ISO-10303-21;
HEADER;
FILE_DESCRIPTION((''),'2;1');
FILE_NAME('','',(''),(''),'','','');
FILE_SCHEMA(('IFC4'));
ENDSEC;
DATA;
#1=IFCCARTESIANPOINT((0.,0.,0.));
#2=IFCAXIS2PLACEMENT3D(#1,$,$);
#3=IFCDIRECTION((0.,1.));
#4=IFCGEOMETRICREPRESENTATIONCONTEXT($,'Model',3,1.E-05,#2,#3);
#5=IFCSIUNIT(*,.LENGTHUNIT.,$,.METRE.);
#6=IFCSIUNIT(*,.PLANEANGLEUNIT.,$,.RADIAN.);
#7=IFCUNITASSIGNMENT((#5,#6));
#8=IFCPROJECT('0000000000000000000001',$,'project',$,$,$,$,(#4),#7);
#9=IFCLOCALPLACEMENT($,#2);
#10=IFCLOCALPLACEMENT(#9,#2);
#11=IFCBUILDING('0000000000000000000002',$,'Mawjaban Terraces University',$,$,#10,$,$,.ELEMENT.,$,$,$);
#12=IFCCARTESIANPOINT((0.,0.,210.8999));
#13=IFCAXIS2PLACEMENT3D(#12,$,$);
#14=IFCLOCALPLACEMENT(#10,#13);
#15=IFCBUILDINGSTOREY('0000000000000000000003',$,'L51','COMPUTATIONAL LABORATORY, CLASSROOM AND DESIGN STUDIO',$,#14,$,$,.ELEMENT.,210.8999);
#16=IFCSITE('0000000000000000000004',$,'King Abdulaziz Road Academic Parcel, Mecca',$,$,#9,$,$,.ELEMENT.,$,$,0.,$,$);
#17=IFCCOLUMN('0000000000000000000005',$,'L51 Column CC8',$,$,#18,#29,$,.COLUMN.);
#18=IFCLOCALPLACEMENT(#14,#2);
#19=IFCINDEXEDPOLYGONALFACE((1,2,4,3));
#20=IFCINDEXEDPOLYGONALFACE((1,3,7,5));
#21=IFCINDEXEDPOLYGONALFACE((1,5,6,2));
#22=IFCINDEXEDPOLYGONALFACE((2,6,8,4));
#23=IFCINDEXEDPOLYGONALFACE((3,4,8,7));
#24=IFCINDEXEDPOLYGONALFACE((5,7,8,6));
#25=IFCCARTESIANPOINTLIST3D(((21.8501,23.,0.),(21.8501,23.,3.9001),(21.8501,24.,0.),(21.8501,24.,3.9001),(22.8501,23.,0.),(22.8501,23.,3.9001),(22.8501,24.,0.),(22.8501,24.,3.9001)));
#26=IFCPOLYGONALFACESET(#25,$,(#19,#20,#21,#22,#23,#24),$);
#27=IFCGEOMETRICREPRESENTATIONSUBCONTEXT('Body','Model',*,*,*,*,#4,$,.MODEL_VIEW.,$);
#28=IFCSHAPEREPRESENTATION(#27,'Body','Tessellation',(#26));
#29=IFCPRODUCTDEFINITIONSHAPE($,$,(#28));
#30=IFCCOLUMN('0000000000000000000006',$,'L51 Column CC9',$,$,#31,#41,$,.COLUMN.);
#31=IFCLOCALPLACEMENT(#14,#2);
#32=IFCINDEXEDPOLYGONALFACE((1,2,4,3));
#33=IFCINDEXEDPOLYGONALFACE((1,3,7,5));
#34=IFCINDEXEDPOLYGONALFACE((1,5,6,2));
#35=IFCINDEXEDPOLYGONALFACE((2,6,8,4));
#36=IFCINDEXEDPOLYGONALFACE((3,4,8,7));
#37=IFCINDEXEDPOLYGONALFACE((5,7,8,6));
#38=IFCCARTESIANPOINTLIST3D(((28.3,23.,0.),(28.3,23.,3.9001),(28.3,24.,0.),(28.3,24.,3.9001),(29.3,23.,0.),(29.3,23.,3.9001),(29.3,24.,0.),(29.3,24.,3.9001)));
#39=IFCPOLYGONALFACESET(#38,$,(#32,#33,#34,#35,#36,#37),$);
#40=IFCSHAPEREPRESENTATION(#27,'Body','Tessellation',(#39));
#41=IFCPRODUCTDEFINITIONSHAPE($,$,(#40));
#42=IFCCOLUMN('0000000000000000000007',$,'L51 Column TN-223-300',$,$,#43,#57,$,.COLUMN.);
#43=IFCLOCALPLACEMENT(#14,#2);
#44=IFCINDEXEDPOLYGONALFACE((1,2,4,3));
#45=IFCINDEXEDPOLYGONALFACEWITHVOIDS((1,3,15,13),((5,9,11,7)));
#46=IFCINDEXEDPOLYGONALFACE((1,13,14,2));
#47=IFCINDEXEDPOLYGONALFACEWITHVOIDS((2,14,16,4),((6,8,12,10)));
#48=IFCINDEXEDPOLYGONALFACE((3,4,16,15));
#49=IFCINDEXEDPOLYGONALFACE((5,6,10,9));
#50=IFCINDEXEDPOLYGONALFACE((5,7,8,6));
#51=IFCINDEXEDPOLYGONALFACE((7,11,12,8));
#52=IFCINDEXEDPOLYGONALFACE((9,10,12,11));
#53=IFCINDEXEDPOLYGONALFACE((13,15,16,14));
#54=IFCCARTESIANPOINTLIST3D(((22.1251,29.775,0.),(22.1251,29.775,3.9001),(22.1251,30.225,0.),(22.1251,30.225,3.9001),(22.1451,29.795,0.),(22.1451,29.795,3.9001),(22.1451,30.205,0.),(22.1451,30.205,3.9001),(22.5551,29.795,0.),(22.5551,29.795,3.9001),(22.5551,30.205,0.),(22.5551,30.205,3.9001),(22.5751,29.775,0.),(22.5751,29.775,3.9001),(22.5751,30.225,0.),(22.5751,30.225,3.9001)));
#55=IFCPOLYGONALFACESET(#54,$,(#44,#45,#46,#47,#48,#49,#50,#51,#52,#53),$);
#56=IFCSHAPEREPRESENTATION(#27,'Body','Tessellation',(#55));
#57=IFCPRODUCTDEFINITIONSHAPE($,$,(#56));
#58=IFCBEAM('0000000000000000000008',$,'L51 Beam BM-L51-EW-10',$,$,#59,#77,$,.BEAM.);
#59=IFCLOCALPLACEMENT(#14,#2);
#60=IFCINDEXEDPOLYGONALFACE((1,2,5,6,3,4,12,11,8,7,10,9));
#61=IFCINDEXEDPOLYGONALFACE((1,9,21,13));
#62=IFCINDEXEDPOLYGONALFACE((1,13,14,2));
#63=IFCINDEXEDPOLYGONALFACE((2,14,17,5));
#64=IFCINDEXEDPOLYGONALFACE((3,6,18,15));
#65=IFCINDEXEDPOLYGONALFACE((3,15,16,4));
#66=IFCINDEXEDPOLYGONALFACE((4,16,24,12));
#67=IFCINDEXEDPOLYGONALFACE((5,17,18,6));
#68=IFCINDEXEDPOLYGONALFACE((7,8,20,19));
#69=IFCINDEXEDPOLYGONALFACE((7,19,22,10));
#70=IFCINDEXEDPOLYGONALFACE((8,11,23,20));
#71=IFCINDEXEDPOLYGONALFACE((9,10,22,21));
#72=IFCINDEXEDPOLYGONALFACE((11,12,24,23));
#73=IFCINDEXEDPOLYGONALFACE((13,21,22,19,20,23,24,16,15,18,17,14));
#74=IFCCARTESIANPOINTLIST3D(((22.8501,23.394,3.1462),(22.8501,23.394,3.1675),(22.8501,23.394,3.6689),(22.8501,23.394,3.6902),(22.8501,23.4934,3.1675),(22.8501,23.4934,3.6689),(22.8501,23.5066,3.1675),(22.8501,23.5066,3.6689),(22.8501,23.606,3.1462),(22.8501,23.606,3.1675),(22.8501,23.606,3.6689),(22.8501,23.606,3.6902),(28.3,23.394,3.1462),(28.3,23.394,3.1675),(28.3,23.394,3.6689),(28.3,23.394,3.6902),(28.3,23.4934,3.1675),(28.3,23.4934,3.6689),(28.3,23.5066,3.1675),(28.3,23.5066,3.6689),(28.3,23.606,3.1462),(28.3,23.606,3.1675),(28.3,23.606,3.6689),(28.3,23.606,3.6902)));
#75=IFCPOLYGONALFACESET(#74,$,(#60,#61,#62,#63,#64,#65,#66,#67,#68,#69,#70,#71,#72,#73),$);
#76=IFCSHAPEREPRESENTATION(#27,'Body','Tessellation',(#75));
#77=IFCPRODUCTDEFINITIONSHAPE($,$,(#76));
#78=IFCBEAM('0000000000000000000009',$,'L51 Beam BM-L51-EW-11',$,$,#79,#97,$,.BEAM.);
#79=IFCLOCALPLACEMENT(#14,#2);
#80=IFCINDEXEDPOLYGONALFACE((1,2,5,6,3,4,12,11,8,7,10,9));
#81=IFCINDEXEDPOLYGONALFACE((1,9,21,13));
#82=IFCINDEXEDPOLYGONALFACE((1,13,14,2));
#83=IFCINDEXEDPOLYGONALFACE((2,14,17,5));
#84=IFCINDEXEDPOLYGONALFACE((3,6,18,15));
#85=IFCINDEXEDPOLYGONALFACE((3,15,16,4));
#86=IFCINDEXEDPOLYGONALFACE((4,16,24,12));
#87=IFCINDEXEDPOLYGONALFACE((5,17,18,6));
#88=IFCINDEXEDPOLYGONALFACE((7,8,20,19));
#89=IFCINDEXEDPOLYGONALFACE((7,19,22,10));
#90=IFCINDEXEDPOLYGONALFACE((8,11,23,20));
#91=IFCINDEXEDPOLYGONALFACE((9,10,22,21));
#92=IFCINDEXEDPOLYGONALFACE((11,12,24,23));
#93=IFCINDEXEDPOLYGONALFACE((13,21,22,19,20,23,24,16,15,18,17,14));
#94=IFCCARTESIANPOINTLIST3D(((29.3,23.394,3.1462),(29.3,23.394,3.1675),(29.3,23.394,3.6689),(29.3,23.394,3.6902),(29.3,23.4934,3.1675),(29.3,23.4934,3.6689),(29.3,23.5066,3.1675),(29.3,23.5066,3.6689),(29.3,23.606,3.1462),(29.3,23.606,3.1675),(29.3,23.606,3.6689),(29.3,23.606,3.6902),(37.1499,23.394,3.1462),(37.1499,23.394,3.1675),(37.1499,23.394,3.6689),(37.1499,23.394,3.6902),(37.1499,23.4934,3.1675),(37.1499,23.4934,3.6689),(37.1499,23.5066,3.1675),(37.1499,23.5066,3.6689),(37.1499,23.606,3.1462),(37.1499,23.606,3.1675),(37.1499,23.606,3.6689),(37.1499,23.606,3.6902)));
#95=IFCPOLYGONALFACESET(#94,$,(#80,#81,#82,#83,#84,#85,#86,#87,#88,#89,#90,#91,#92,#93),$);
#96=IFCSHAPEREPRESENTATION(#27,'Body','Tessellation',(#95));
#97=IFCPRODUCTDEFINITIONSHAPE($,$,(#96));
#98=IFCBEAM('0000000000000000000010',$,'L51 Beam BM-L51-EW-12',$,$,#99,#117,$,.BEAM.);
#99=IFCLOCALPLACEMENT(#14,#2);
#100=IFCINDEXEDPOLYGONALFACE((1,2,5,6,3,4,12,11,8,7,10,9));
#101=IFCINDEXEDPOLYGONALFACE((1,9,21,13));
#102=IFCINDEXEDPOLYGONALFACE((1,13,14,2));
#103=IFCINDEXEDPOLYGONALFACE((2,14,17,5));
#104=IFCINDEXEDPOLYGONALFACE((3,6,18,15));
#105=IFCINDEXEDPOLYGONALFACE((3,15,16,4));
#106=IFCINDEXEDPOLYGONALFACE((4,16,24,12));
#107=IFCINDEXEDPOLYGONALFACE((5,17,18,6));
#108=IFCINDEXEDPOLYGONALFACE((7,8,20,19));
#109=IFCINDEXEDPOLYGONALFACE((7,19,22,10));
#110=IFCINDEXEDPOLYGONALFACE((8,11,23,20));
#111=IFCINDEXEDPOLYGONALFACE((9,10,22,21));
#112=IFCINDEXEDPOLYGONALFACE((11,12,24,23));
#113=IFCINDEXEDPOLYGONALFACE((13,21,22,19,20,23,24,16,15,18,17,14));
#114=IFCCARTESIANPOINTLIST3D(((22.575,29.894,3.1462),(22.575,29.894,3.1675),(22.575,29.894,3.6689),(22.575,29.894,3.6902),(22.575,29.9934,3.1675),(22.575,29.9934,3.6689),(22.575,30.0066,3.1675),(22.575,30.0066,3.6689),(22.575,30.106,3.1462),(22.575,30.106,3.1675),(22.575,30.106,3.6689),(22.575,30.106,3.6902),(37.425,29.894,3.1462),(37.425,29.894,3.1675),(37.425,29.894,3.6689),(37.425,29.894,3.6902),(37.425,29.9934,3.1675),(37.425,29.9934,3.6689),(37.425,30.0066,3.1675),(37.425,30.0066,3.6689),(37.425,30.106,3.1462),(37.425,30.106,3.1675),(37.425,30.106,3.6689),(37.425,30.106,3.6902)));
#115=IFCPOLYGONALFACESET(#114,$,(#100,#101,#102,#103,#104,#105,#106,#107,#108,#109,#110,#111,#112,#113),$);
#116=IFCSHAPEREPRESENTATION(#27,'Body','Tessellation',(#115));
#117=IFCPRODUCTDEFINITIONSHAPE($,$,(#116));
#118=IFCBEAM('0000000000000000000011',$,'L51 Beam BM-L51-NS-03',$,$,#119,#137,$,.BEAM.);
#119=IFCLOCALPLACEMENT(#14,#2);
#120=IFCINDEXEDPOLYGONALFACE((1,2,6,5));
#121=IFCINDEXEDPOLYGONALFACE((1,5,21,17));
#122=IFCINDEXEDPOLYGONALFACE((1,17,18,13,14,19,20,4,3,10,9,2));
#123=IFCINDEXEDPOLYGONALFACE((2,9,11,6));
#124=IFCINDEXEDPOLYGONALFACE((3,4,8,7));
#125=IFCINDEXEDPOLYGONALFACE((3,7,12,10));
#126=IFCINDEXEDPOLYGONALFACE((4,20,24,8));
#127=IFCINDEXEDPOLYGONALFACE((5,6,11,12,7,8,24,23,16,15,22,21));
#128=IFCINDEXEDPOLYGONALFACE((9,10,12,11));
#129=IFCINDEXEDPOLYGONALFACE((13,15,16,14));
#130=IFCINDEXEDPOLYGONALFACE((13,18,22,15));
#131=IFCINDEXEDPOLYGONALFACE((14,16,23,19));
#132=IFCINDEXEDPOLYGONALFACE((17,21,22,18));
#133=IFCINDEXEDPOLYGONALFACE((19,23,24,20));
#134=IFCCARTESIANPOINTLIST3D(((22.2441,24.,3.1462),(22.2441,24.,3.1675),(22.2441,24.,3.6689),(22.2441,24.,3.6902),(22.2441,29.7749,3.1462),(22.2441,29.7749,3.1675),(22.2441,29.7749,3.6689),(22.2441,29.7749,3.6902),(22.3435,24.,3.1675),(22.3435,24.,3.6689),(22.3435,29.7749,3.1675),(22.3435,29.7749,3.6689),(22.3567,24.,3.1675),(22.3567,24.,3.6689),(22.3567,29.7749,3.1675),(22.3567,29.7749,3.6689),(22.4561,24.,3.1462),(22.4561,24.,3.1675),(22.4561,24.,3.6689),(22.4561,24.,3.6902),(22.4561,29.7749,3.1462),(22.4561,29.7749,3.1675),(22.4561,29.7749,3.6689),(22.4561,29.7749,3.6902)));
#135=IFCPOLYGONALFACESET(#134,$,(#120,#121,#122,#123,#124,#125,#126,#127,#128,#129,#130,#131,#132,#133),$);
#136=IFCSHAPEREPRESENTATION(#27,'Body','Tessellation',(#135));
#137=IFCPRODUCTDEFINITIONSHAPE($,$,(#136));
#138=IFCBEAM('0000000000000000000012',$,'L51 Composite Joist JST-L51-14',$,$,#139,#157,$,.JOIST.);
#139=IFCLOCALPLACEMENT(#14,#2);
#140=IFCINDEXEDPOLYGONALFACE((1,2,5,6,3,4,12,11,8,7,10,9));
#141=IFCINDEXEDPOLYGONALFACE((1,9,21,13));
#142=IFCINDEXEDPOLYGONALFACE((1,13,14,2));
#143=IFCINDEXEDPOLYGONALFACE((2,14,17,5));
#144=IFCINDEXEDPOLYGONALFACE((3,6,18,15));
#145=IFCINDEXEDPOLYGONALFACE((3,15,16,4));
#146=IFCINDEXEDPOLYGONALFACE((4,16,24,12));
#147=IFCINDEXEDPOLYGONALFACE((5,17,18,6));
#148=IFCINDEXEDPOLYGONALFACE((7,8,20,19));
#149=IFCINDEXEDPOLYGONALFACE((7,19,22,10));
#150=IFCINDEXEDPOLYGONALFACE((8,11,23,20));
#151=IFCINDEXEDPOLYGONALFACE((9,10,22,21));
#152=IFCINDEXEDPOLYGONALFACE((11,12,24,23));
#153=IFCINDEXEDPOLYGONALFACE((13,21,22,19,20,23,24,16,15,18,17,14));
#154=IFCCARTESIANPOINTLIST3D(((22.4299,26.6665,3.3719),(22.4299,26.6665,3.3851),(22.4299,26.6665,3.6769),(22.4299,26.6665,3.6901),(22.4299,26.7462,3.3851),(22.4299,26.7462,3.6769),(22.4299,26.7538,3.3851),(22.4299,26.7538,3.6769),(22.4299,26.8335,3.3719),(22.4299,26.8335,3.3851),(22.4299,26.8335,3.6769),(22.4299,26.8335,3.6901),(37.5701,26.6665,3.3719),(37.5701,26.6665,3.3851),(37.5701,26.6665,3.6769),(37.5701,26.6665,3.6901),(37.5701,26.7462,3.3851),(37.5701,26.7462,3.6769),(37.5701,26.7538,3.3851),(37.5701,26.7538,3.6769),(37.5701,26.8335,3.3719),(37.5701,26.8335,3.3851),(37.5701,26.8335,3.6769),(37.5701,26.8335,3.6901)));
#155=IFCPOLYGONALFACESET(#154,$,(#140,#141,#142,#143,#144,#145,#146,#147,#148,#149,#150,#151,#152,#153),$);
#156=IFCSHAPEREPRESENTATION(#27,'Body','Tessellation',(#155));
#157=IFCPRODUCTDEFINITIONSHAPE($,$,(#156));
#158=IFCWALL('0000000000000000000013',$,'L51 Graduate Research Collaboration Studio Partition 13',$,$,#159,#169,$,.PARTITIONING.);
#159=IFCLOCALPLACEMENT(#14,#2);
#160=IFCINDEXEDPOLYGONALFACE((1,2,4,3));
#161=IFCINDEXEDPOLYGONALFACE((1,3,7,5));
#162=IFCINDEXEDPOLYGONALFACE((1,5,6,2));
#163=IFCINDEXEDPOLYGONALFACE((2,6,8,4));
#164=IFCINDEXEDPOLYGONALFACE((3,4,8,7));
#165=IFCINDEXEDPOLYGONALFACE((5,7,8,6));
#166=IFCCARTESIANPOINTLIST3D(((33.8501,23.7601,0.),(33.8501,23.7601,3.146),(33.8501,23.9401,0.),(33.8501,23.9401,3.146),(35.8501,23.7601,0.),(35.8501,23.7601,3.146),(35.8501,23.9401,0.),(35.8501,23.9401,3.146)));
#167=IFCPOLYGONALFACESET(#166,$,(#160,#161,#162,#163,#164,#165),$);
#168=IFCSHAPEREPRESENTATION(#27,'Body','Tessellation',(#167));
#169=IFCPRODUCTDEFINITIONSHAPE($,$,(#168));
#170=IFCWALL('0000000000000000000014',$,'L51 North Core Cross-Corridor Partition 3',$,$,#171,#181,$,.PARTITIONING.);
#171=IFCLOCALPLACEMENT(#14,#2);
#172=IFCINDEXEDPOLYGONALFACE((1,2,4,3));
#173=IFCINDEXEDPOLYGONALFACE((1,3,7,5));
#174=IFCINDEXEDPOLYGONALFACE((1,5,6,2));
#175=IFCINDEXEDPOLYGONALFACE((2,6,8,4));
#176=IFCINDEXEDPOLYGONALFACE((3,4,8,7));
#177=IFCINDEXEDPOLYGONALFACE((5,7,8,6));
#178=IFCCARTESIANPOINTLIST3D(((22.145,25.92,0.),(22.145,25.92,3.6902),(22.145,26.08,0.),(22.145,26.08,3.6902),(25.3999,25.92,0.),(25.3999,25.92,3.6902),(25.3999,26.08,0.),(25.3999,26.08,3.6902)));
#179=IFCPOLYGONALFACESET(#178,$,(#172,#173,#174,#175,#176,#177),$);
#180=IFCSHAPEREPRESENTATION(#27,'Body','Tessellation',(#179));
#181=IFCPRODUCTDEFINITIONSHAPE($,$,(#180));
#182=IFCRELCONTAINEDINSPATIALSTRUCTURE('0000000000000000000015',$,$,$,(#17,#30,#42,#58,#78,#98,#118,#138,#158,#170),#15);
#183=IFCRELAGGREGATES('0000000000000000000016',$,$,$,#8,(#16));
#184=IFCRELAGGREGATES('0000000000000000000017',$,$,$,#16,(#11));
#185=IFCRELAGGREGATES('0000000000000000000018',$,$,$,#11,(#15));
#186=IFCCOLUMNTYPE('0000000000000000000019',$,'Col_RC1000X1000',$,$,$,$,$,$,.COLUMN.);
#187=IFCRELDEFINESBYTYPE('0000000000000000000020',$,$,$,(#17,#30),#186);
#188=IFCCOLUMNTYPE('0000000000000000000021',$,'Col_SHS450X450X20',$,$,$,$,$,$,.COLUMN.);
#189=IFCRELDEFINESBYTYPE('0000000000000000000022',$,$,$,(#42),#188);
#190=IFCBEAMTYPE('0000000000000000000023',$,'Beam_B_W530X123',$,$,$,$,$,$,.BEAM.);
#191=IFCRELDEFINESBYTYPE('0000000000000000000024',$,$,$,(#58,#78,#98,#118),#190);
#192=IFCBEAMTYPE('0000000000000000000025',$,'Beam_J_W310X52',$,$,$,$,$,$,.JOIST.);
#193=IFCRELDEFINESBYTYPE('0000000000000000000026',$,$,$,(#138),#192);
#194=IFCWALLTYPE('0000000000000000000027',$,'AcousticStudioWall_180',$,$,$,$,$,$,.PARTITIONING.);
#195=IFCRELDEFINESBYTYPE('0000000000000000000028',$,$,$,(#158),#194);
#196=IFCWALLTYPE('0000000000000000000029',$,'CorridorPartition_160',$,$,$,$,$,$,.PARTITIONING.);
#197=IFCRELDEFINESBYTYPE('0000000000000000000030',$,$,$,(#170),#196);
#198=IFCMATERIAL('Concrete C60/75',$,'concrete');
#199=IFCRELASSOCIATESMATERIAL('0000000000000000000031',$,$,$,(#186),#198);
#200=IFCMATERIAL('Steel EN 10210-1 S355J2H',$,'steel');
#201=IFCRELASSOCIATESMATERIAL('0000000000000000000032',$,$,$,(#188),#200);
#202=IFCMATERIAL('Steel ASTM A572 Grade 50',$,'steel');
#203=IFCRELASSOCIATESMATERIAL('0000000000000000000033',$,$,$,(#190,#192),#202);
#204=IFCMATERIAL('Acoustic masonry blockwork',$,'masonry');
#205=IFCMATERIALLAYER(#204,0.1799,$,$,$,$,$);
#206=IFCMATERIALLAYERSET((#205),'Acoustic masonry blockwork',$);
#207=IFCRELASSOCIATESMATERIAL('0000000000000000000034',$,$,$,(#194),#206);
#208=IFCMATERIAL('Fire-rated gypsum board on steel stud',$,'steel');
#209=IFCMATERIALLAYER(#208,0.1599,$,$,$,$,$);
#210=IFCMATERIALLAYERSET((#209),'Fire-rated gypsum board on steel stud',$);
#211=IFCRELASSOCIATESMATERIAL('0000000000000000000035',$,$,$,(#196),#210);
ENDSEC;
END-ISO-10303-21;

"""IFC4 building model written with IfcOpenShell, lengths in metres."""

from ifc_helpers import new_model, si_unit, direction, frame, frame_2d, origin, origin_2d, place, context, subcontext, project, spatial, rectangle, hollow_rectangle, i_section, extrude, material, layer, layer_set, material_profile, profile_set, type_object, element, save


model = new_model("IFC4")

# Units and contexts
model_context = context("Model", 3, precision=1e-05, world=origin(), true_north=direction((0.0, 1.0)))
body_context = subcontext(model_context, "Body", "Model", "MODEL_VIEW")
ifc_project = project(units=[si_unit("LENGTHUNIT", "METRE"), si_unit("PLANEANGLEUNIT", "RADIAN")], contexts=[model_context])

# Site, building, storey
site_placement = place(None, origin())
site = spatial("IfcSite", under=ifc_project, at=site_placement, Name="King Abdulaziz Road Academic Parcel, Mecca", CompositionType="ELEMENT", RefElevation=0.0)
building_placement = place(site_placement, origin())
building = spatial("IfcBuilding", under=site, at=building_placement, Name="Mawjaban Terraces University", CompositionType="ELEMENT")
storey_placement = place(building_placement, frame((0.0, 0.0, 210.8999)))
storey = spatial("IfcBuildingStorey", under=building, at=storey_placement, Name="L51", Description="COMPUTATIONAL LABORATORY, CLASSROOM AND DESIGN STUDIO", CompositionType="ELEMENT", Elevation=210.8999)

# Columns
ifc_material_1 = material(Name="Concrete C60/75", Category="concrete")
ifc_material_profile_1 = material_profile(ifc_material_1, rectangle(XDim=1.0, YDim=1.0, at=origin_2d()), Name="RC1000X1000")
ifc_profile_set_1 = profile_set([ifc_material_profile_1], Name="Concrete C60/75")
column_type_1 = type_object("IfcColumnType", Name="Col_RC1000X1000", PredefinedType="COLUMN", material=ifc_profile_set_1)
for number, where, z_axis, x_axis, name in (
    (1, (22.3501, 23.5, 0.0), (0.0, 0.0, 1.0), (1.0, 0.0, 0.0), "L51 Column CC8"),
    (2, (28.8, 23.5, 0.0), (0.0, 0.0, 1.0), (1.0, 0.0, 0.0), "L51 Column CC9"),
):
    element("IfcColumn", number, at=place(storey_placement, frame(where, z_axis=z_axis, x_axis=x_axis)), inside=storey, type_object=column_type_1, Name=name, PredefinedType="COLUMN", context=body_context, shape_type="SweptSolid", body=[
        extrude(rectangle(XDim=1.0, YDim=1.0, at=origin_2d()), origin(), (0.0, 0.0, 1.0), 3.9001),
    ])
ifc_material_2 = material(Name="Steel EN 10210-1 S355J2H", Category="steel")
ifc_material_profile_2 = material_profile(ifc_material_2, hollow_rectangle(XDim=0.45, YDim=0.45, WallThickness=0.02, at=origin_2d()), Name="SHS450X450X20")
ifc_profile_set_2 = profile_set([ifc_material_profile_2], Name="Steel EN 10210-1 S355J2H")
column_type_2 = type_object("IfcColumnType", Name="Col_SHS450X450X20", PredefinedType="COLUMN", material=ifc_profile_set_2)
column_placement = place(storey_placement, frame((22.3501, 30.0, 0.0), z_axis=(0.0, 0.0, 1.0), x_axis=(1.0, 0.0, 0.0)))
element("IfcColumn", 3, at=column_placement, inside=storey, type_object=column_type_2, Name="L51 Column TN-223-300", PredefinedType="COLUMN", context=body_context, shape_type="SweptSolid", body=[
    extrude(hollow_rectangle(XDim=0.45, YDim=0.45, WallThickness=0.02, at=origin_2d()), origin(), (0.0, 0.0, 1.0), 3.9001),
])

# Beams
ifc_material_3 = material(Name="Steel ASTM A572 Grade 50", Category="steel")
ifc_material_profile_3 = material_profile(ifc_material_3, i_section(OverallWidth=0.2119, OverallDepth=0.5439, WebThickness=0.0132, FlangeThickness=0.0212, at=origin_2d()), Name="W530X123")
ifc_profile_set_3 = profile_set([ifc_material_profile_3], Name="Steel ASTM A572 Grade 50")
beam_type_1 = type_object("IfcBeamType", Name="Beam_B_W530X123", PredefinedType="BEAM", material=ifc_profile_set_3)
beam_1_placement = place(storey_placement, frame((22.8501, 23.5, 3.4182), z_axis=(1.0, 0.0, 0.0), x_axis=(0.0, 1.0, 0.0)))
element("IfcBeam", 4, at=beam_1_placement, inside=storey, type_object=beam_type_1, Name="L51 Beam BM-L51-EW-10", PredefinedType="BEAM", context=body_context, shape_type="SweptSolid", body=[
    extrude(i_section(OverallWidth=0.2119, OverallDepth=0.5439, WebThickness=0.0132, FlangeThickness=0.0212, at=origin_2d()), origin(), (0.0, 0.0, 1.0), 5.45),
])
beam_2_placement = place(storey_placement, frame((29.3, 23.5, 3.4182), z_axis=(1.0, 0.0, 0.0), x_axis=(0.0, 1.0, 0.0)))
element("IfcBeam", 5, at=beam_2_placement, inside=storey, type_object=beam_type_1, Name="L51 Beam BM-L51-EW-11", PredefinedType="BEAM", context=body_context, shape_type="SweptSolid", body=[
    extrude(i_section(OverallWidth=0.2119, OverallDepth=0.5439, WebThickness=0.0132, FlangeThickness=0.0212, at=origin_2d()), origin(), (0.0, 0.0, 1.0), 7.8499),
])
beam_3_placement = place(storey_placement, frame((22.575, 30.0, 3.4182), z_axis=(1.0, 0.0, 0.0), x_axis=(0.0, 1.0, 0.0)))
element("IfcBeam", 6, at=beam_3_placement, inside=storey, type_object=beam_type_1, Name="L51 Beam BM-L51-EW-12", PredefinedType="BEAM", context=body_context, shape_type="SweptSolid", body=[
    extrude(i_section(OverallWidth=0.2119, OverallDepth=0.5439, WebThickness=0.0132, FlangeThickness=0.0212, at=origin_2d()), origin(), (0.0, 0.0, 1.0), 14.8501),
])
beam_4_placement = place(storey_placement, frame((22.3501, 24.0, 3.4182), z_axis=(0.0, 1.0, 0.0), x_axis=(-1.0, 0.0, 0.0)))
element("IfcBeam", 7, at=beam_4_placement, inside=storey, type_object=beam_type_1, Name="L51 Beam BM-L51-NS-03", PredefinedType="BEAM", context=body_context, shape_type="SweptSolid", body=[
    extrude(i_section(OverallWidth=0.2119, OverallDepth=0.5439, WebThickness=0.0132, FlangeThickness=0.0212, at=origin_2d()), origin(), (0.0, 0.0, 1.0), 5.7749),
])
ifc_material_profile_4 = material_profile(ifc_material_3, i_section(OverallWidth=0.167, OverallDepth=0.3181, WebThickness=0.0076, FlangeThickness=0.0132, at=origin_2d()), Name="W310X52")
ifc_profile_set_4 = profile_set([ifc_material_profile_4], Name="Steel ASTM A572 Grade 50")
beam_type_2 = type_object("IfcBeamType", Name="Beam_J_W310X52", PredefinedType="JOIST", material=ifc_profile_set_4)
beam_5_placement = place(storey_placement, frame((22.4299, 26.75, 3.531), z_axis=(1.0, 0.0, 0.0), x_axis=(0.0, 1.0, 0.0)))
element("IfcBeam", 8, at=beam_5_placement, inside=storey, type_object=beam_type_2, Name="L51 Composite Joist JST-L51-14", PredefinedType="JOIST", context=body_context, shape_type="SweptSolid", body=[
    extrude(i_section(OverallWidth=0.167, OverallDepth=0.3181, WebThickness=0.0076, FlangeThickness=0.0132, at=origin_2d()), origin(), (0.0, 0.0, 1.0), 15.1401),
])

# Walls
ifc_material_4 = material(Name="Acoustic masonry blockwork", Category="masonry")
ifc_layer_1 = layer(ifc_material_4, 0.1799)
ifc_layer_set_1 = layer_set([ifc_layer_1], Name="Acoustic masonry blockwork")
wall_type_1 = type_object("IfcWallType", Name="AcousticStudioWall_180", PredefinedType="PARTITIONING", material=ifc_layer_set_1)
wall_1_placement = place(storey_placement, frame((35.8501, 23.8501, 0.0), z_axis=(0.0, 0.0, 1.0), x_axis=(-1.0, 0.0, 0.0)))
element("IfcWall", 9, at=wall_1_placement, inside=storey, type_object=wall_type_1, Name="L51 Graduate Research Collaboration Studio Partition 13", PredefinedType="PARTITIONING", context=body_context, shape_type="SweptSolid", body=[
    extrude(rectangle(XDim=2.0, YDim=0.1799, at=frame_2d((1.0, 0.0))), origin(), (0.0, 0.0, 1.0), 3.146),
])
ifc_material_5 = material(Name="Fire-rated gypsum board on steel stud", Category="steel")
ifc_layer_2 = layer(ifc_material_5, 0.1599)
ifc_layer_set_2 = layer_set([ifc_layer_2], Name="Fire-rated gypsum board on steel stud")
wall_type_2 = type_object("IfcWallType", Name="CorridorPartition_160", PredefinedType="PARTITIONING", material=ifc_layer_set_2)
wall_2_placement = place(storey_placement, frame((25.3999, 26.0, 0.0), z_axis=(0.0, 0.0, 1.0), x_axis=(-1.0, 0.0, 0.0)))
element("IfcWall", 10, at=wall_2_placement, inside=storey, type_object=wall_type_2, Name="L51 North Core Cross-Corridor Partition 3", PredefinedType="PARTITIONING", context=body_context, shape_type="SweptSolid", body=[
    extrude(rectangle(XDim=3.2549, YDim=0.1599, at=frame_2d((1.6274, 0.0))), origin(), (0.0, 0.0, 1.0), 3.6902),
])

save(model, "model.ifc")
